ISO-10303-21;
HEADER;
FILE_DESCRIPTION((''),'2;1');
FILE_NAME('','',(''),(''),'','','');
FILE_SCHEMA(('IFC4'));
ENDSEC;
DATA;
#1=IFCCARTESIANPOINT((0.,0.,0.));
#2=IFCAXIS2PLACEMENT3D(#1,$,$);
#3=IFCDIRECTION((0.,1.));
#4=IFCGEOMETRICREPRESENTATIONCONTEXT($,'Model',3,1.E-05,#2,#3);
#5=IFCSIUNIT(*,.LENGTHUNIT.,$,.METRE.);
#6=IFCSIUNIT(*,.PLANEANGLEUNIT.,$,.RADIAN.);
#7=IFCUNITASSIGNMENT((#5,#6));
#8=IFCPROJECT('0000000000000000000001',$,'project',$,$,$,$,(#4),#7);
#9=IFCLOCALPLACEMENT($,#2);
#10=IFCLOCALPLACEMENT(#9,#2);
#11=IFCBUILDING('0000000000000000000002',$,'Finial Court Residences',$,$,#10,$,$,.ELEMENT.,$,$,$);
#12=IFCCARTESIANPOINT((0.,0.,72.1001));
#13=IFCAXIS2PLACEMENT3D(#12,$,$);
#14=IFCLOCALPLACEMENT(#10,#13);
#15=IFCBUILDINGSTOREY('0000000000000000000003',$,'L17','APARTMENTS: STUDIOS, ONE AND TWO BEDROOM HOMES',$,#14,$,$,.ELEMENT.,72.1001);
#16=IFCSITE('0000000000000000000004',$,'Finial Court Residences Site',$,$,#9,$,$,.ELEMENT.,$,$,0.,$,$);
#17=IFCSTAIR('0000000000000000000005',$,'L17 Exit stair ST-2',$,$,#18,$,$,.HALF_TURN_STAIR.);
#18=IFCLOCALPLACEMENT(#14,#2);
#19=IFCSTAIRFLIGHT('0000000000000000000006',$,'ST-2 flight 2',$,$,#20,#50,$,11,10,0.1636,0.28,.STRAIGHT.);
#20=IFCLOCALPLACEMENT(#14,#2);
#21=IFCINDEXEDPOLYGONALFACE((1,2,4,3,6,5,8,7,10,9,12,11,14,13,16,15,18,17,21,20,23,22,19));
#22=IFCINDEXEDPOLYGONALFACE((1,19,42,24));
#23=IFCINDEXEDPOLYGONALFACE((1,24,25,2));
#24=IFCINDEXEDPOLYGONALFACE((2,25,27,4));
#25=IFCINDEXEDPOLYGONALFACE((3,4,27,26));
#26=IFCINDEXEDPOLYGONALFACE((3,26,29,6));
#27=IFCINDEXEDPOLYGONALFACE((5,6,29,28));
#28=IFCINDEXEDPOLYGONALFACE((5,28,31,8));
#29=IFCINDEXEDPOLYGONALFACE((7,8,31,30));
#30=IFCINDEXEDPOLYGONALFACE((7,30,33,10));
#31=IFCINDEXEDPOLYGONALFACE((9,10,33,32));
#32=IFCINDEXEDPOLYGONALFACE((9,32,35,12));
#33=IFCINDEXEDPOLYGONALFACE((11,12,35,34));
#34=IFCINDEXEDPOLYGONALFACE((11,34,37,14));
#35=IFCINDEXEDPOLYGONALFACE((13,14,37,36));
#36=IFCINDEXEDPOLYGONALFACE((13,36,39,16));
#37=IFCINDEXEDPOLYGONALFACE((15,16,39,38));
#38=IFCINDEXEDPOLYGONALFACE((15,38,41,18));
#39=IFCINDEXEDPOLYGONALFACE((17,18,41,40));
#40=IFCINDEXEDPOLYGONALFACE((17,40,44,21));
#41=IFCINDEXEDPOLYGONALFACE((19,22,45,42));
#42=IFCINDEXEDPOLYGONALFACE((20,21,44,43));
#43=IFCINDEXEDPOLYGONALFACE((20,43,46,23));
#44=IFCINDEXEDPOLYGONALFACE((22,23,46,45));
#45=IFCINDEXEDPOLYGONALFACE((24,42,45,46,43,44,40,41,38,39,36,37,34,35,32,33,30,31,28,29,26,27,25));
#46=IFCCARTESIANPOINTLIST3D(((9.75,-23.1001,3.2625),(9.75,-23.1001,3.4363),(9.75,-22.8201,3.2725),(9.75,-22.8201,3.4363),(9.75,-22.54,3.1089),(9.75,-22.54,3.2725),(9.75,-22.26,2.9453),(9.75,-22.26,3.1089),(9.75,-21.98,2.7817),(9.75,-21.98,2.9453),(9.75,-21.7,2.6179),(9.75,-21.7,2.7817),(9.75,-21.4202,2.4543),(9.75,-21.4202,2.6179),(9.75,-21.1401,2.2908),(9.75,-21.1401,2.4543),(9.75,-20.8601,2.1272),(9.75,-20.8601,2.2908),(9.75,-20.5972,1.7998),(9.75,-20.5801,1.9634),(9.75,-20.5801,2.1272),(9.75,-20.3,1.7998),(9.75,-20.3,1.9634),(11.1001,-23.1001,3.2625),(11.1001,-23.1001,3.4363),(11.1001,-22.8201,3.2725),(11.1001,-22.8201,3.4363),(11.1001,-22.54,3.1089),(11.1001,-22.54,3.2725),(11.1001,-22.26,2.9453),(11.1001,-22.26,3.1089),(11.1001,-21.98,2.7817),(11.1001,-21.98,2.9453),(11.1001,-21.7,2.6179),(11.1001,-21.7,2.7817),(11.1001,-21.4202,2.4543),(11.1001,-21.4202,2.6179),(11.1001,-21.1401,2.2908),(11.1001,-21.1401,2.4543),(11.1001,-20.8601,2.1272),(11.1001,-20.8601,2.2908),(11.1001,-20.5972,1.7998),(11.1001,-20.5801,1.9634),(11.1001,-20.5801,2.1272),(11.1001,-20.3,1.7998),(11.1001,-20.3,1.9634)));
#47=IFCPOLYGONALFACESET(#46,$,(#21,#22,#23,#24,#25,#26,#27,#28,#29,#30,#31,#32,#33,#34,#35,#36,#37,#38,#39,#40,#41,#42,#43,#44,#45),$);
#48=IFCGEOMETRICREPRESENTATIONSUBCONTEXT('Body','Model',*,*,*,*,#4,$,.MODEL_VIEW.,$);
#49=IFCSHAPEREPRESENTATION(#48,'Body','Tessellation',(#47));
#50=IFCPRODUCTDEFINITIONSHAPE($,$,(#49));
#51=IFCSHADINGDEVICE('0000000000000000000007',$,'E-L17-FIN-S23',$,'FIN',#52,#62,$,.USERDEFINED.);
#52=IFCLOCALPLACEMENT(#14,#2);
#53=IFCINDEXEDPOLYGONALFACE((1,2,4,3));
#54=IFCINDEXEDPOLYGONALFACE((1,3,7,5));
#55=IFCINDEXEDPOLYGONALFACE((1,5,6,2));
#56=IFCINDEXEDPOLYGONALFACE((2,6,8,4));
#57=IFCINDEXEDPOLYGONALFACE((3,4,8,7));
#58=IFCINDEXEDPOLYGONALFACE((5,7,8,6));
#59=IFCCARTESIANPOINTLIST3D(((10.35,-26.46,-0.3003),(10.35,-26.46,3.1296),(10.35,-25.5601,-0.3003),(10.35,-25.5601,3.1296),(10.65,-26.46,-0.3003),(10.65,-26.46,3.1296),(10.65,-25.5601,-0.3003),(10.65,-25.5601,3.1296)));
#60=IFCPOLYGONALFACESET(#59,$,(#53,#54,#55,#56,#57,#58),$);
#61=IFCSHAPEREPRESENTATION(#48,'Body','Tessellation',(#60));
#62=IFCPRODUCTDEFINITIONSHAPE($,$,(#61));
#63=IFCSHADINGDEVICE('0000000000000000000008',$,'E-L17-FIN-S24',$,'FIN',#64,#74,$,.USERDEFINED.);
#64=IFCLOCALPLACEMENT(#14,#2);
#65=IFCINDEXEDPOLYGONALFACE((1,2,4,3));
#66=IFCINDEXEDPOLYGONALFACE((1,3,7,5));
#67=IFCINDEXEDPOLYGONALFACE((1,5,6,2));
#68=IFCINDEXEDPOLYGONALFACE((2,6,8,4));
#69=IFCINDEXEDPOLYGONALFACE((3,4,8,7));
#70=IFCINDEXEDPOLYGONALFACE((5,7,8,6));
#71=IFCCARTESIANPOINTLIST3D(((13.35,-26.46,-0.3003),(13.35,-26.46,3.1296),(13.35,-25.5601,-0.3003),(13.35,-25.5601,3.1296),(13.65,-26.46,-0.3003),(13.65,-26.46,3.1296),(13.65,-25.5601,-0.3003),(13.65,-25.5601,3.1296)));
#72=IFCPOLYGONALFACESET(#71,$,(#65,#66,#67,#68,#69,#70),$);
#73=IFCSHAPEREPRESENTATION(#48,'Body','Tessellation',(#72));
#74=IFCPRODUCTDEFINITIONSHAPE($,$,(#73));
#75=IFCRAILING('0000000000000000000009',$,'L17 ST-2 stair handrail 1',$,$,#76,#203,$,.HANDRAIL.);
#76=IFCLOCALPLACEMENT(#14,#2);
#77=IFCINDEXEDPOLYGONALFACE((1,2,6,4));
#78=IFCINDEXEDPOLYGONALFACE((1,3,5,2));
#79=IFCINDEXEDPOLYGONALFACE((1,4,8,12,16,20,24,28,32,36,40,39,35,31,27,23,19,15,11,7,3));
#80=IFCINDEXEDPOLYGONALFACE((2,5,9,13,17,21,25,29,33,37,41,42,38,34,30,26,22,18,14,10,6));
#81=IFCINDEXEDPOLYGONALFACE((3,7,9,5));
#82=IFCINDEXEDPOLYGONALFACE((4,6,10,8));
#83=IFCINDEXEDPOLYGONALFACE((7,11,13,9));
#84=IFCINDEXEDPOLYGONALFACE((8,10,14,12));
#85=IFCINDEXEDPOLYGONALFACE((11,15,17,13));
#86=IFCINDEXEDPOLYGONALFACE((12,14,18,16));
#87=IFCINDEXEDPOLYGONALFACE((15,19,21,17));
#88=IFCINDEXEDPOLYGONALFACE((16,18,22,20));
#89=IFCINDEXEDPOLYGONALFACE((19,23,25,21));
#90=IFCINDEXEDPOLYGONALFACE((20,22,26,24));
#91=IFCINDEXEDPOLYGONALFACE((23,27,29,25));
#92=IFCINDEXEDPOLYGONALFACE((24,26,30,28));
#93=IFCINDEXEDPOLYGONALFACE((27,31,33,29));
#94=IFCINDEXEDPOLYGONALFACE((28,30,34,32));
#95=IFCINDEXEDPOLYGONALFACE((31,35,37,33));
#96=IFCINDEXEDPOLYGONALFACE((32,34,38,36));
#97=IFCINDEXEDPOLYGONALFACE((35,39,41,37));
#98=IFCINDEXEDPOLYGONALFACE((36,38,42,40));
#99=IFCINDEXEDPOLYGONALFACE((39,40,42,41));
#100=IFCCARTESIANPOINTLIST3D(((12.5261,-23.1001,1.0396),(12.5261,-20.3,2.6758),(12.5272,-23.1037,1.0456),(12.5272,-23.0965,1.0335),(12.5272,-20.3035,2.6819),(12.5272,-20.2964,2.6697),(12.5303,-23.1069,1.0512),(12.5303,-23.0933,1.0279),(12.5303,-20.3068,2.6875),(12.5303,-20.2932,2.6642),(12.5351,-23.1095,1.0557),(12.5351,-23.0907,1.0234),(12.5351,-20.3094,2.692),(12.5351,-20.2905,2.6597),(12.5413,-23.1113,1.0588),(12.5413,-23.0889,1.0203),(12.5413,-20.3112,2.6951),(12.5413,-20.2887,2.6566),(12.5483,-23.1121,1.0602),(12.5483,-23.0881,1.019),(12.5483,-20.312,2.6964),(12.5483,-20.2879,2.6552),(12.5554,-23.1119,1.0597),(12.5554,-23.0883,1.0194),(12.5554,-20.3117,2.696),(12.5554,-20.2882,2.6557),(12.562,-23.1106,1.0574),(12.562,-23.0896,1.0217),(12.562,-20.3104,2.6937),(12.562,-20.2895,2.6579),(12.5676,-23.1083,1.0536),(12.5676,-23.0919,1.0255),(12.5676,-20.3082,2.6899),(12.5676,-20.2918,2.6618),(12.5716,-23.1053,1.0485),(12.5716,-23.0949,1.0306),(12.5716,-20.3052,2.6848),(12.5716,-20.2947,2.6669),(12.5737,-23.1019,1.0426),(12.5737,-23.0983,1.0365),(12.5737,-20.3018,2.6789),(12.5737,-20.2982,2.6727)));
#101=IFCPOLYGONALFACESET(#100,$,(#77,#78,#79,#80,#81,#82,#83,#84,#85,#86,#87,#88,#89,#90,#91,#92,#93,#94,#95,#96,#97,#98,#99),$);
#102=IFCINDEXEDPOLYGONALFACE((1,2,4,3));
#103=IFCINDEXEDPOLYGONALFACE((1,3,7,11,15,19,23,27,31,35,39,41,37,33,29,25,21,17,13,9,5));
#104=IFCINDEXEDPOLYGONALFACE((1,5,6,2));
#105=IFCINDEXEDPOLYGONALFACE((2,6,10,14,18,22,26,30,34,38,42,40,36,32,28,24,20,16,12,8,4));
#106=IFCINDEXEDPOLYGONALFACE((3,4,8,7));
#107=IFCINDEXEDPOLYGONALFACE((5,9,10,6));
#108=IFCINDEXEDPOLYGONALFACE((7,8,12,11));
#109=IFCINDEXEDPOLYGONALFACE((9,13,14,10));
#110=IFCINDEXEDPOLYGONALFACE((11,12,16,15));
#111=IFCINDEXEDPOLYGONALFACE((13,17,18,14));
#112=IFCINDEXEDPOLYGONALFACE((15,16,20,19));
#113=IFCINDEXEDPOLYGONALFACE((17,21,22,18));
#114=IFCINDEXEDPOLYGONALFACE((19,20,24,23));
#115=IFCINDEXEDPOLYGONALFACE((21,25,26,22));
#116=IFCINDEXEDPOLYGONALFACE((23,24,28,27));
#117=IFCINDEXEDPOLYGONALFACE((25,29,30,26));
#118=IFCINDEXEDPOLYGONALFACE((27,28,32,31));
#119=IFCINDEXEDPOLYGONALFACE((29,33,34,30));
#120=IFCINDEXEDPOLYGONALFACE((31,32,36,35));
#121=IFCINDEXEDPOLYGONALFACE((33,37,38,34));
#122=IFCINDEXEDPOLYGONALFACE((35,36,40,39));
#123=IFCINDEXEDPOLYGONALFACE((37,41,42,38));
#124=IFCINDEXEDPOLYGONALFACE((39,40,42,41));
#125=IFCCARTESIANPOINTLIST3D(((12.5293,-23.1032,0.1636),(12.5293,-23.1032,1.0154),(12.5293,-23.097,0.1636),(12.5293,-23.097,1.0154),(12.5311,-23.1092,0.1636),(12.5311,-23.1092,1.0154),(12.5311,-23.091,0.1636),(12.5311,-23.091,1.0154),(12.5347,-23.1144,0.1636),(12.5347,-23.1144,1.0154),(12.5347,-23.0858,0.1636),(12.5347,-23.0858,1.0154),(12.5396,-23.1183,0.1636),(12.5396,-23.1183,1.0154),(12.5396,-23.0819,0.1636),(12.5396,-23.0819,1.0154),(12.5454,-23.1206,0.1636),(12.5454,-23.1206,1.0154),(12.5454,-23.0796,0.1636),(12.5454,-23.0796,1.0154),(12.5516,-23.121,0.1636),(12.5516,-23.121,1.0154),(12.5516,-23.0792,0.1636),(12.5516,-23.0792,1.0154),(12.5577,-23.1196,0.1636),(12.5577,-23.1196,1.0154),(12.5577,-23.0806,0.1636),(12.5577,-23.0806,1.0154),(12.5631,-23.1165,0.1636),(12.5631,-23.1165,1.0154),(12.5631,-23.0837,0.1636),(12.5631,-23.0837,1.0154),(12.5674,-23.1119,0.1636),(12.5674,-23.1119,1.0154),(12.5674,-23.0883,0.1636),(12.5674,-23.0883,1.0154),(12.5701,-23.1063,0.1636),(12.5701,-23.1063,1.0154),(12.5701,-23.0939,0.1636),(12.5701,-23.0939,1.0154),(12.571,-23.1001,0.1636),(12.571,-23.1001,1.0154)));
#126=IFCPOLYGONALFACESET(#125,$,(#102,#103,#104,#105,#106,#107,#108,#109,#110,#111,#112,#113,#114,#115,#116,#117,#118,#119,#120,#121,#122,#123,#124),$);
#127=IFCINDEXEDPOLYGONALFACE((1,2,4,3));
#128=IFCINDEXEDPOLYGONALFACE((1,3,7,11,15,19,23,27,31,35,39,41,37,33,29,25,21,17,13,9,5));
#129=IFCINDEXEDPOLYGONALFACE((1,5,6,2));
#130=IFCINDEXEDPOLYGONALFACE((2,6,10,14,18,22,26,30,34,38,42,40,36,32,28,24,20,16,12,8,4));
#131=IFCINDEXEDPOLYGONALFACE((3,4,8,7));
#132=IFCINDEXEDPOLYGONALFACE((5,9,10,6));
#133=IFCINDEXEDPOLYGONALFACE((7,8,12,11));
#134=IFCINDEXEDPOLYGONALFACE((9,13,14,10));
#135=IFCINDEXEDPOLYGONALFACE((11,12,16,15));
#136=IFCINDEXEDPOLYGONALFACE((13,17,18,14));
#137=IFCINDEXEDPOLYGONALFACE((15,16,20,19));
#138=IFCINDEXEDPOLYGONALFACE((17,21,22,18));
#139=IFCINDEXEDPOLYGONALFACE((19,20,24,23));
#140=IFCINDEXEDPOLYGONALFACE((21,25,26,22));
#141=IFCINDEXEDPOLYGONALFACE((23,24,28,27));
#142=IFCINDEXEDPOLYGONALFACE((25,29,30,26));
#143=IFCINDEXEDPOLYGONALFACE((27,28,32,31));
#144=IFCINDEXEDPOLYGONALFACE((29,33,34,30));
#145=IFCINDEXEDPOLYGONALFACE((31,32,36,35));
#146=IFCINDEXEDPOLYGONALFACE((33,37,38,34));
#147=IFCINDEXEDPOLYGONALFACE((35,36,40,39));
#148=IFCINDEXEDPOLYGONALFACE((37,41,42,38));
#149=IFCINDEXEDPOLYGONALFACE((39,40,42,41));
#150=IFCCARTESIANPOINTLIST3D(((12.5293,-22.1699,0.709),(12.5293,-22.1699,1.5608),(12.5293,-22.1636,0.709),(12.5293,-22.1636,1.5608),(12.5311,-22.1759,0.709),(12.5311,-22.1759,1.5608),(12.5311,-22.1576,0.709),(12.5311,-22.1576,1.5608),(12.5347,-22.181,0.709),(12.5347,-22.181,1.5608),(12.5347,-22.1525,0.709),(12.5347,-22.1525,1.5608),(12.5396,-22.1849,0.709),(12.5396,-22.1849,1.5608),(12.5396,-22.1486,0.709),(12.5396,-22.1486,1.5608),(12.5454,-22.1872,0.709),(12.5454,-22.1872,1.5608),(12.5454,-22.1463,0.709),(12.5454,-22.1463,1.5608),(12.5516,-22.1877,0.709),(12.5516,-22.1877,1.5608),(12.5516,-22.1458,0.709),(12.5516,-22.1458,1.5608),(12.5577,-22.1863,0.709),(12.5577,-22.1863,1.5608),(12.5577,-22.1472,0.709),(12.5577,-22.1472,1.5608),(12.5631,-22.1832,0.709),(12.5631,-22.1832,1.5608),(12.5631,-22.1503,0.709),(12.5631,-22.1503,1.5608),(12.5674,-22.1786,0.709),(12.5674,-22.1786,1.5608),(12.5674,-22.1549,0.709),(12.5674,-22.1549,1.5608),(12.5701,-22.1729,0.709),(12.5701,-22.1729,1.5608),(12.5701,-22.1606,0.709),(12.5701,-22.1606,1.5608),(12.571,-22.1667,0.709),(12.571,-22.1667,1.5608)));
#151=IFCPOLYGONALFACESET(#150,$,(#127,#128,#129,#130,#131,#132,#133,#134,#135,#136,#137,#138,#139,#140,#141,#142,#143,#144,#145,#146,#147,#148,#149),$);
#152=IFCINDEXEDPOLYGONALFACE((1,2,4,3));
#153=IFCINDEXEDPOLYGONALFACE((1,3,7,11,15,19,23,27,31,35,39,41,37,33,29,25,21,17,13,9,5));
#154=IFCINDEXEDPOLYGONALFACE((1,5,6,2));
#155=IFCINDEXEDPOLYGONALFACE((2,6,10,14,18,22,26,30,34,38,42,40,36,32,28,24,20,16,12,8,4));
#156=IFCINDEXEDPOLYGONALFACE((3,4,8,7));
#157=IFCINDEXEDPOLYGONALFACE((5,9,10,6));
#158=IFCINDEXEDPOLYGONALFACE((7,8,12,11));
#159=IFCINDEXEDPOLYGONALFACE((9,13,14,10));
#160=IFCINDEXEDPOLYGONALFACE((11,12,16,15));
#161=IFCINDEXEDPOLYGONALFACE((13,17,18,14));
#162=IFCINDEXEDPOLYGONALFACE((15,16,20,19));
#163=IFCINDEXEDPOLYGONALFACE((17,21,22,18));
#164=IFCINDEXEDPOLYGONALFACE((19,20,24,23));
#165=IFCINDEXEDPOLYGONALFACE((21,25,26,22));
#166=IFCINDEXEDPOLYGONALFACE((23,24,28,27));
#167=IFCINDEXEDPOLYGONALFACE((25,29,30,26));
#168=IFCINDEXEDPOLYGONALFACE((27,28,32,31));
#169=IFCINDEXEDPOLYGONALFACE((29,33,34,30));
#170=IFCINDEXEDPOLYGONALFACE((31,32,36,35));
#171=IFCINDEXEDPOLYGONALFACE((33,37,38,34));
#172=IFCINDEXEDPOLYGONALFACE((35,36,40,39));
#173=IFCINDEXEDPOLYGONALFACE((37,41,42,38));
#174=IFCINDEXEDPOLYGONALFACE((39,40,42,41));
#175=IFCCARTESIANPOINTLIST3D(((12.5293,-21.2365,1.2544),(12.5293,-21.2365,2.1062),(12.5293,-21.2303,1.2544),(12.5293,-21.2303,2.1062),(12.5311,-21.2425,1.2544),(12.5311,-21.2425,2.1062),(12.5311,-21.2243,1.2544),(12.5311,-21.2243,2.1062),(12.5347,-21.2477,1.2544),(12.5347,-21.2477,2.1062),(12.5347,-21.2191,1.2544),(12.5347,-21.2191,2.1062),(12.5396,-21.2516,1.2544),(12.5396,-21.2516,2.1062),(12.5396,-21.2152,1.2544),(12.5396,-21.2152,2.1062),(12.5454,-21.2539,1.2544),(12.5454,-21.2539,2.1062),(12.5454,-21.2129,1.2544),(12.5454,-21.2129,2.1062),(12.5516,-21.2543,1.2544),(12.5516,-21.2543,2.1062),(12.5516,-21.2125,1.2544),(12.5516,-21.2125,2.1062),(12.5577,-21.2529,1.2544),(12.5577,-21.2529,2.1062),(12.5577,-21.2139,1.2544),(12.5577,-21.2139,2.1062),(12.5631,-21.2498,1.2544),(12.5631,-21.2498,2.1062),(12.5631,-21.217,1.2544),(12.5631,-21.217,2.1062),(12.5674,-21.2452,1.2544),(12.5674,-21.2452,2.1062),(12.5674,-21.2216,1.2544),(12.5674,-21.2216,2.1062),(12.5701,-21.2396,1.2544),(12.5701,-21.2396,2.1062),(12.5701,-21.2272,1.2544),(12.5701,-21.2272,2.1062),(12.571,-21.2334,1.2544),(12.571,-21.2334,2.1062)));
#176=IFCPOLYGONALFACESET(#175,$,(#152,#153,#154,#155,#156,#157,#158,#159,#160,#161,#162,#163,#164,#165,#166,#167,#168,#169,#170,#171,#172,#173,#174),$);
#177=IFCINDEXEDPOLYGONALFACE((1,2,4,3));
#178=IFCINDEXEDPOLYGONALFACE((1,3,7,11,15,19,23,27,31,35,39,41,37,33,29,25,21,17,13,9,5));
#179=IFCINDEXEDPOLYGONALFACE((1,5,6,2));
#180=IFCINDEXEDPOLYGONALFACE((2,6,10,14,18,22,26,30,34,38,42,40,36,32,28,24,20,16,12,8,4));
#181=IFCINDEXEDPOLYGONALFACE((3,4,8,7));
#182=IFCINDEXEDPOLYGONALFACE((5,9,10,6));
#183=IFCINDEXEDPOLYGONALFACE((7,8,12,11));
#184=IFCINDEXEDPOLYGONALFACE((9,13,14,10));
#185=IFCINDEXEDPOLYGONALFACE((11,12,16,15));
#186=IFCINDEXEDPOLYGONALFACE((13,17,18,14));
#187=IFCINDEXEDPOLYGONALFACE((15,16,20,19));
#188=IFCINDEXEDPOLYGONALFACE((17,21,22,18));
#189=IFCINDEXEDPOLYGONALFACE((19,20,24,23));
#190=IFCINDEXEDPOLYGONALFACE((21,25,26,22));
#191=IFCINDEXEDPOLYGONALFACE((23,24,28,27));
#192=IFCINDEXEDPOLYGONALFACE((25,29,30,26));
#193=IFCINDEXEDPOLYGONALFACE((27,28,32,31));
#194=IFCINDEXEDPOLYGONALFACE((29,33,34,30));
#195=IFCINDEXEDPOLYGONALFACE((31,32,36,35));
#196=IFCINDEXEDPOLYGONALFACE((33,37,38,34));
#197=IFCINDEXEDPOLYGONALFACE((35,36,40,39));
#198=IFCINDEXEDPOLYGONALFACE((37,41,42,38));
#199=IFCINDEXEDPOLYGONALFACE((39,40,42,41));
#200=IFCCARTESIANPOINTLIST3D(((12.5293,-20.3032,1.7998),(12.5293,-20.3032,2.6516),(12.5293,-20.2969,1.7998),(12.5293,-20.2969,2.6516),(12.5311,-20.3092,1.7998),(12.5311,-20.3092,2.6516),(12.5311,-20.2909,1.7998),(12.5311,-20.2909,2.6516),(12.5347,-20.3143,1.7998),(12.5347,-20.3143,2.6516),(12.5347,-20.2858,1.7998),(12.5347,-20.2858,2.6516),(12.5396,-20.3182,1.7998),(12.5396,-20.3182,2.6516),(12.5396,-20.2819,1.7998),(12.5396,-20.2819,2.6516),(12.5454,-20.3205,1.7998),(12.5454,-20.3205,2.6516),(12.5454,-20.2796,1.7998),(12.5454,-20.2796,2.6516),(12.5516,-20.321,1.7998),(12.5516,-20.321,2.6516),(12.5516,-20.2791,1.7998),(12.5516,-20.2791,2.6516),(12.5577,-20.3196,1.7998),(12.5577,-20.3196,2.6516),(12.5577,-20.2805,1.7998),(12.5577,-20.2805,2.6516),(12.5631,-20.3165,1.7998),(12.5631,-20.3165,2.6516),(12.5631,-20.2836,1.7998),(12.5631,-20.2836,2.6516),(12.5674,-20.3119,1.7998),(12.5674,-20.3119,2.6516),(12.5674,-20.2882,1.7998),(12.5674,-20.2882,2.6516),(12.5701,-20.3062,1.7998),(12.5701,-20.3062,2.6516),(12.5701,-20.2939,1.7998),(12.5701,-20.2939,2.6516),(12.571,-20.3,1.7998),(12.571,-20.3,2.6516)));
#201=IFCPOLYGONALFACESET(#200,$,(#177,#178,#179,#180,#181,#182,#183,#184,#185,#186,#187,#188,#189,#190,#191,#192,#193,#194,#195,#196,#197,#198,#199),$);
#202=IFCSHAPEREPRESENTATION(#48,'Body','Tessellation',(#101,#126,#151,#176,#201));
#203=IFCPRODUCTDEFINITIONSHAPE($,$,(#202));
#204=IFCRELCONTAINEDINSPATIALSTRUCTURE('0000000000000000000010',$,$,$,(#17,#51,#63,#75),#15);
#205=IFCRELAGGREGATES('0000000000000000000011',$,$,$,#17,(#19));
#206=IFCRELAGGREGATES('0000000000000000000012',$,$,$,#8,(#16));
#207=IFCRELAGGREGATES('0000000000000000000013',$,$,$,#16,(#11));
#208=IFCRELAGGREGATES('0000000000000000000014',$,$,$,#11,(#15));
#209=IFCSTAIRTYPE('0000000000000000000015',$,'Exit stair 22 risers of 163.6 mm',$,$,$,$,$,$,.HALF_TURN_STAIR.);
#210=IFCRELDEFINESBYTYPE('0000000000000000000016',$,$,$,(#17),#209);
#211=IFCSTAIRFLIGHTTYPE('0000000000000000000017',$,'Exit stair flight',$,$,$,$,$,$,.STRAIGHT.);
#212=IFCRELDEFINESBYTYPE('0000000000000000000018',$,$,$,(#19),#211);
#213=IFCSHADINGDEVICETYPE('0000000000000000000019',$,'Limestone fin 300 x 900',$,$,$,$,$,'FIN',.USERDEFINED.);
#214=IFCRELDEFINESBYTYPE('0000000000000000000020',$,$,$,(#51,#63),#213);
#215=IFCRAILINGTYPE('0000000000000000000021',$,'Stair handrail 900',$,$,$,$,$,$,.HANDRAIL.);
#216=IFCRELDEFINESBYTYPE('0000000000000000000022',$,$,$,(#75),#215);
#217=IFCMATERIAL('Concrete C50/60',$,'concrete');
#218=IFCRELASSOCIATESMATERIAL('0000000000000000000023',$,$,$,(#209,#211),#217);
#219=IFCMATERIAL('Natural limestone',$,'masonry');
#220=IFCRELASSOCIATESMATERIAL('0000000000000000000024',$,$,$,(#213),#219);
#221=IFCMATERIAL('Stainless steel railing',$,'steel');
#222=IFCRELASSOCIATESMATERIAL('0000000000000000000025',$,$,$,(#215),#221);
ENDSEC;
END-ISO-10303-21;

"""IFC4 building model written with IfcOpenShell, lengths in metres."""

from ifc_helpers import new_model, si_unit, direction, frame, origin, origin_2d, place, context, subcontext, project, spatial, polyline, rectangle, circle, outline, extrude, material, type_object, element, aggregate, save


model = new_model("IFC4")

# Units and contexts
model_context = context("Model", 3, precision=1e-05, world=origin(), true_north=direction((0.0, 1.0)))
body_context = subcontext(model_context, "Body", "Model", "MODEL_VIEW")
ifc_project = project(units=[si_unit("LENGTHUNIT", "METRE"), si_unit("PLANEANGLEUNIT", "RADIAN")], contexts=[model_context])

# Site, building, storey
site_placement = place(None, origin())
site = spatial("IfcSite", under=ifc_project, at=site_placement, Name="Finial Court Residences Site", CompositionType="ELEMENT", RefElevation=0.0)
building_placement = place(site_placement, origin())
building = spatial("IfcBuilding", under=site, at=building_placement, Name="Finial Court Residences", CompositionType="ELEMENT")
storey_placement = place(building_placement, frame((0.0, 0.0, 72.1001)))
storey = spatial("IfcBuildingStorey", under=building, at=storey_placement, Name="L17", Description="APARTMENTS: STUDIOS, ONE AND TWO BEDROOM HOMES", CompositionType="ELEMENT", Elevation=72.1001)

# Stair, stair flight
ifc_material_1 = material(Name="Concrete C50/60", Category="concrete")
stair_type = type_object("IfcStairType", Name="Exit stair 22 risers of 163.6 mm", PredefinedType="HALF_TURN_STAIR", material=ifc_material_1)
stair_placement = place(storey_placement, origin())
stair = element("IfcStair", 1, at=stair_placement, inside=storey, type_object=stair_type, Name="L17 Exit stair ST-2", PredefinedType="HALF_TURN_STAIR")
stair_flight_type = type_object("IfcStairFlightType", Name="Exit stair flight", PredefinedType="STRAIGHT", material=ifc_material_1)
stair_flight_1_placement = place(storey_placement, frame((10.425, -20.3, 1.7998), z_axis=(0.0, 0.0, 1.0), x_axis=(0.0, -1.0, 0.0)))
stair_flight_1 = element("IfcStairFlight", 2, at=stair_flight_1_placement, type_object=stair_flight_type, Name="ST-2 flight 2", NumberOfRisers=11, NumberOfTreads=10, PredefinedType="STRAIGHT", RiserHeight=0.1636, TreadLength=0.28, context=body_context, shape_type="SweptSolid", body=[
    extrude(outline(polyline([(0.0, 0.0), (0.0, 0.1636), (0.28, 0.1636), (0.28, 0.3274), (0.5601, 0.3274), (0.5601, 0.491), (0.8401, 0.491), (0.8401, 0.6545), (1.1201, 0.6545), (1.1201, 0.8181), (1.3999, 0.8181), (1.3999, 0.9819), (1.6799, 0.9819), (1.6799, 1.1455), (1.96, 1.1455), (1.96, 1.3091), (2.24, 1.3091), (2.24, 1.4727), (2.52, 1.4727), (2.52, 1.6365), (2.8, 1.6365), (2.8, 1.8), (2.8, 1.4626), (0.2971, 0.0), (0.0, 0.0)])), frame((0.0, 0.675, 0.0), z_axis=(0.0, -1.0, 0.0), x_axis=(1.0, 0.0, 0.0)), (0.0, 0.0, 1.0), 1.3501),
])
aggregate(stair, [stair_flight_1])

# Shading devices
ifc_material_2 = material(Name="Natural limestone", Category="masonry")
shading_device_type = type_object("IfcShadingDeviceType", Name="Limestone fin 300 x 900", ElementType="FIN", PredefinedType="USERDEFINED", material=ifc_material_2)
for number, where, z_axis, x_axis, name in (
    (3, (10.5, -26.01, -0.3003), (0.0, 0.0, 1.0), (1.0, 0.0, 0.0), "E-L17-FIN-S23"),
    (4, (13.5, -26.01, -0.3003), (0.0, 0.0, 1.0), (1.0, 0.0, 0.0), "E-L17-FIN-S24"),
):
    element("IfcShadingDevice", number, at=place(storey_placement, frame(where, z_axis=z_axis, x_axis=x_axis)), inside=storey, type_object=shading_device_type, Name=name, ObjectType="FIN", PredefinedType="USERDEFINED", context=body_context, shape_type="SweptSolid", body=[
        extrude(rectangle(XDim=0.3, YDim=0.8999, at=origin_2d()), origin(), (0.0, 0.0, 1.0), 3.4299),
    ])

# Railing
ifc_material_3 = material(Name="Stainless steel railing", Category="steel")
railing_type_1 = type_object("IfcRailingType", Name="Stair handrail 900", PredefinedType="HANDRAIL", material=ifc_material_3)
railing_1_placement = place(storey_placement, frame((12.55, -23.1001, 0.1636)))
element("IfcRailing", 5, at=railing_1_placement, inside=storey, type_object=railing_type_1, Name="L17 ST-2 stair handrail 1", PredefinedType="HANDRAIL", context=body_context, shape_type="SweptSolid", body=[
    extrude(circle(Radius=0.0239, at=origin_2d()), frame((0.0, 0.0, 0.876), z_axis=(0.0, 0.863394, 0.504531), x_axis=(-1.0, 0.0, 0.0)), (0.0, 0.0, 1.0), 3.2432),
    extrude(circle(Radius=0.021, at=origin_2d()), origin(), (0.0, 0.0, 1.0), 0.8518),
    extrude(circle(Radius=0.021, at=origin_2d()), frame((0.0, 0.9333, 0.5454)), (0.0, 0.0, 1.0), 0.8518),
    extrude(circle(Radius=0.021, at=origin_2d()), frame((0.0, 1.8667, 1.0908)), (0.0, 0.0, 1.0), 0.8518),
    extrude(circle(Radius=0.021, at=origin_2d()), frame((0.0, 2.8, 1.6362)), (0.0, 0.0, 1.0), 0.8518),
])

save(model, "model.ifc")
